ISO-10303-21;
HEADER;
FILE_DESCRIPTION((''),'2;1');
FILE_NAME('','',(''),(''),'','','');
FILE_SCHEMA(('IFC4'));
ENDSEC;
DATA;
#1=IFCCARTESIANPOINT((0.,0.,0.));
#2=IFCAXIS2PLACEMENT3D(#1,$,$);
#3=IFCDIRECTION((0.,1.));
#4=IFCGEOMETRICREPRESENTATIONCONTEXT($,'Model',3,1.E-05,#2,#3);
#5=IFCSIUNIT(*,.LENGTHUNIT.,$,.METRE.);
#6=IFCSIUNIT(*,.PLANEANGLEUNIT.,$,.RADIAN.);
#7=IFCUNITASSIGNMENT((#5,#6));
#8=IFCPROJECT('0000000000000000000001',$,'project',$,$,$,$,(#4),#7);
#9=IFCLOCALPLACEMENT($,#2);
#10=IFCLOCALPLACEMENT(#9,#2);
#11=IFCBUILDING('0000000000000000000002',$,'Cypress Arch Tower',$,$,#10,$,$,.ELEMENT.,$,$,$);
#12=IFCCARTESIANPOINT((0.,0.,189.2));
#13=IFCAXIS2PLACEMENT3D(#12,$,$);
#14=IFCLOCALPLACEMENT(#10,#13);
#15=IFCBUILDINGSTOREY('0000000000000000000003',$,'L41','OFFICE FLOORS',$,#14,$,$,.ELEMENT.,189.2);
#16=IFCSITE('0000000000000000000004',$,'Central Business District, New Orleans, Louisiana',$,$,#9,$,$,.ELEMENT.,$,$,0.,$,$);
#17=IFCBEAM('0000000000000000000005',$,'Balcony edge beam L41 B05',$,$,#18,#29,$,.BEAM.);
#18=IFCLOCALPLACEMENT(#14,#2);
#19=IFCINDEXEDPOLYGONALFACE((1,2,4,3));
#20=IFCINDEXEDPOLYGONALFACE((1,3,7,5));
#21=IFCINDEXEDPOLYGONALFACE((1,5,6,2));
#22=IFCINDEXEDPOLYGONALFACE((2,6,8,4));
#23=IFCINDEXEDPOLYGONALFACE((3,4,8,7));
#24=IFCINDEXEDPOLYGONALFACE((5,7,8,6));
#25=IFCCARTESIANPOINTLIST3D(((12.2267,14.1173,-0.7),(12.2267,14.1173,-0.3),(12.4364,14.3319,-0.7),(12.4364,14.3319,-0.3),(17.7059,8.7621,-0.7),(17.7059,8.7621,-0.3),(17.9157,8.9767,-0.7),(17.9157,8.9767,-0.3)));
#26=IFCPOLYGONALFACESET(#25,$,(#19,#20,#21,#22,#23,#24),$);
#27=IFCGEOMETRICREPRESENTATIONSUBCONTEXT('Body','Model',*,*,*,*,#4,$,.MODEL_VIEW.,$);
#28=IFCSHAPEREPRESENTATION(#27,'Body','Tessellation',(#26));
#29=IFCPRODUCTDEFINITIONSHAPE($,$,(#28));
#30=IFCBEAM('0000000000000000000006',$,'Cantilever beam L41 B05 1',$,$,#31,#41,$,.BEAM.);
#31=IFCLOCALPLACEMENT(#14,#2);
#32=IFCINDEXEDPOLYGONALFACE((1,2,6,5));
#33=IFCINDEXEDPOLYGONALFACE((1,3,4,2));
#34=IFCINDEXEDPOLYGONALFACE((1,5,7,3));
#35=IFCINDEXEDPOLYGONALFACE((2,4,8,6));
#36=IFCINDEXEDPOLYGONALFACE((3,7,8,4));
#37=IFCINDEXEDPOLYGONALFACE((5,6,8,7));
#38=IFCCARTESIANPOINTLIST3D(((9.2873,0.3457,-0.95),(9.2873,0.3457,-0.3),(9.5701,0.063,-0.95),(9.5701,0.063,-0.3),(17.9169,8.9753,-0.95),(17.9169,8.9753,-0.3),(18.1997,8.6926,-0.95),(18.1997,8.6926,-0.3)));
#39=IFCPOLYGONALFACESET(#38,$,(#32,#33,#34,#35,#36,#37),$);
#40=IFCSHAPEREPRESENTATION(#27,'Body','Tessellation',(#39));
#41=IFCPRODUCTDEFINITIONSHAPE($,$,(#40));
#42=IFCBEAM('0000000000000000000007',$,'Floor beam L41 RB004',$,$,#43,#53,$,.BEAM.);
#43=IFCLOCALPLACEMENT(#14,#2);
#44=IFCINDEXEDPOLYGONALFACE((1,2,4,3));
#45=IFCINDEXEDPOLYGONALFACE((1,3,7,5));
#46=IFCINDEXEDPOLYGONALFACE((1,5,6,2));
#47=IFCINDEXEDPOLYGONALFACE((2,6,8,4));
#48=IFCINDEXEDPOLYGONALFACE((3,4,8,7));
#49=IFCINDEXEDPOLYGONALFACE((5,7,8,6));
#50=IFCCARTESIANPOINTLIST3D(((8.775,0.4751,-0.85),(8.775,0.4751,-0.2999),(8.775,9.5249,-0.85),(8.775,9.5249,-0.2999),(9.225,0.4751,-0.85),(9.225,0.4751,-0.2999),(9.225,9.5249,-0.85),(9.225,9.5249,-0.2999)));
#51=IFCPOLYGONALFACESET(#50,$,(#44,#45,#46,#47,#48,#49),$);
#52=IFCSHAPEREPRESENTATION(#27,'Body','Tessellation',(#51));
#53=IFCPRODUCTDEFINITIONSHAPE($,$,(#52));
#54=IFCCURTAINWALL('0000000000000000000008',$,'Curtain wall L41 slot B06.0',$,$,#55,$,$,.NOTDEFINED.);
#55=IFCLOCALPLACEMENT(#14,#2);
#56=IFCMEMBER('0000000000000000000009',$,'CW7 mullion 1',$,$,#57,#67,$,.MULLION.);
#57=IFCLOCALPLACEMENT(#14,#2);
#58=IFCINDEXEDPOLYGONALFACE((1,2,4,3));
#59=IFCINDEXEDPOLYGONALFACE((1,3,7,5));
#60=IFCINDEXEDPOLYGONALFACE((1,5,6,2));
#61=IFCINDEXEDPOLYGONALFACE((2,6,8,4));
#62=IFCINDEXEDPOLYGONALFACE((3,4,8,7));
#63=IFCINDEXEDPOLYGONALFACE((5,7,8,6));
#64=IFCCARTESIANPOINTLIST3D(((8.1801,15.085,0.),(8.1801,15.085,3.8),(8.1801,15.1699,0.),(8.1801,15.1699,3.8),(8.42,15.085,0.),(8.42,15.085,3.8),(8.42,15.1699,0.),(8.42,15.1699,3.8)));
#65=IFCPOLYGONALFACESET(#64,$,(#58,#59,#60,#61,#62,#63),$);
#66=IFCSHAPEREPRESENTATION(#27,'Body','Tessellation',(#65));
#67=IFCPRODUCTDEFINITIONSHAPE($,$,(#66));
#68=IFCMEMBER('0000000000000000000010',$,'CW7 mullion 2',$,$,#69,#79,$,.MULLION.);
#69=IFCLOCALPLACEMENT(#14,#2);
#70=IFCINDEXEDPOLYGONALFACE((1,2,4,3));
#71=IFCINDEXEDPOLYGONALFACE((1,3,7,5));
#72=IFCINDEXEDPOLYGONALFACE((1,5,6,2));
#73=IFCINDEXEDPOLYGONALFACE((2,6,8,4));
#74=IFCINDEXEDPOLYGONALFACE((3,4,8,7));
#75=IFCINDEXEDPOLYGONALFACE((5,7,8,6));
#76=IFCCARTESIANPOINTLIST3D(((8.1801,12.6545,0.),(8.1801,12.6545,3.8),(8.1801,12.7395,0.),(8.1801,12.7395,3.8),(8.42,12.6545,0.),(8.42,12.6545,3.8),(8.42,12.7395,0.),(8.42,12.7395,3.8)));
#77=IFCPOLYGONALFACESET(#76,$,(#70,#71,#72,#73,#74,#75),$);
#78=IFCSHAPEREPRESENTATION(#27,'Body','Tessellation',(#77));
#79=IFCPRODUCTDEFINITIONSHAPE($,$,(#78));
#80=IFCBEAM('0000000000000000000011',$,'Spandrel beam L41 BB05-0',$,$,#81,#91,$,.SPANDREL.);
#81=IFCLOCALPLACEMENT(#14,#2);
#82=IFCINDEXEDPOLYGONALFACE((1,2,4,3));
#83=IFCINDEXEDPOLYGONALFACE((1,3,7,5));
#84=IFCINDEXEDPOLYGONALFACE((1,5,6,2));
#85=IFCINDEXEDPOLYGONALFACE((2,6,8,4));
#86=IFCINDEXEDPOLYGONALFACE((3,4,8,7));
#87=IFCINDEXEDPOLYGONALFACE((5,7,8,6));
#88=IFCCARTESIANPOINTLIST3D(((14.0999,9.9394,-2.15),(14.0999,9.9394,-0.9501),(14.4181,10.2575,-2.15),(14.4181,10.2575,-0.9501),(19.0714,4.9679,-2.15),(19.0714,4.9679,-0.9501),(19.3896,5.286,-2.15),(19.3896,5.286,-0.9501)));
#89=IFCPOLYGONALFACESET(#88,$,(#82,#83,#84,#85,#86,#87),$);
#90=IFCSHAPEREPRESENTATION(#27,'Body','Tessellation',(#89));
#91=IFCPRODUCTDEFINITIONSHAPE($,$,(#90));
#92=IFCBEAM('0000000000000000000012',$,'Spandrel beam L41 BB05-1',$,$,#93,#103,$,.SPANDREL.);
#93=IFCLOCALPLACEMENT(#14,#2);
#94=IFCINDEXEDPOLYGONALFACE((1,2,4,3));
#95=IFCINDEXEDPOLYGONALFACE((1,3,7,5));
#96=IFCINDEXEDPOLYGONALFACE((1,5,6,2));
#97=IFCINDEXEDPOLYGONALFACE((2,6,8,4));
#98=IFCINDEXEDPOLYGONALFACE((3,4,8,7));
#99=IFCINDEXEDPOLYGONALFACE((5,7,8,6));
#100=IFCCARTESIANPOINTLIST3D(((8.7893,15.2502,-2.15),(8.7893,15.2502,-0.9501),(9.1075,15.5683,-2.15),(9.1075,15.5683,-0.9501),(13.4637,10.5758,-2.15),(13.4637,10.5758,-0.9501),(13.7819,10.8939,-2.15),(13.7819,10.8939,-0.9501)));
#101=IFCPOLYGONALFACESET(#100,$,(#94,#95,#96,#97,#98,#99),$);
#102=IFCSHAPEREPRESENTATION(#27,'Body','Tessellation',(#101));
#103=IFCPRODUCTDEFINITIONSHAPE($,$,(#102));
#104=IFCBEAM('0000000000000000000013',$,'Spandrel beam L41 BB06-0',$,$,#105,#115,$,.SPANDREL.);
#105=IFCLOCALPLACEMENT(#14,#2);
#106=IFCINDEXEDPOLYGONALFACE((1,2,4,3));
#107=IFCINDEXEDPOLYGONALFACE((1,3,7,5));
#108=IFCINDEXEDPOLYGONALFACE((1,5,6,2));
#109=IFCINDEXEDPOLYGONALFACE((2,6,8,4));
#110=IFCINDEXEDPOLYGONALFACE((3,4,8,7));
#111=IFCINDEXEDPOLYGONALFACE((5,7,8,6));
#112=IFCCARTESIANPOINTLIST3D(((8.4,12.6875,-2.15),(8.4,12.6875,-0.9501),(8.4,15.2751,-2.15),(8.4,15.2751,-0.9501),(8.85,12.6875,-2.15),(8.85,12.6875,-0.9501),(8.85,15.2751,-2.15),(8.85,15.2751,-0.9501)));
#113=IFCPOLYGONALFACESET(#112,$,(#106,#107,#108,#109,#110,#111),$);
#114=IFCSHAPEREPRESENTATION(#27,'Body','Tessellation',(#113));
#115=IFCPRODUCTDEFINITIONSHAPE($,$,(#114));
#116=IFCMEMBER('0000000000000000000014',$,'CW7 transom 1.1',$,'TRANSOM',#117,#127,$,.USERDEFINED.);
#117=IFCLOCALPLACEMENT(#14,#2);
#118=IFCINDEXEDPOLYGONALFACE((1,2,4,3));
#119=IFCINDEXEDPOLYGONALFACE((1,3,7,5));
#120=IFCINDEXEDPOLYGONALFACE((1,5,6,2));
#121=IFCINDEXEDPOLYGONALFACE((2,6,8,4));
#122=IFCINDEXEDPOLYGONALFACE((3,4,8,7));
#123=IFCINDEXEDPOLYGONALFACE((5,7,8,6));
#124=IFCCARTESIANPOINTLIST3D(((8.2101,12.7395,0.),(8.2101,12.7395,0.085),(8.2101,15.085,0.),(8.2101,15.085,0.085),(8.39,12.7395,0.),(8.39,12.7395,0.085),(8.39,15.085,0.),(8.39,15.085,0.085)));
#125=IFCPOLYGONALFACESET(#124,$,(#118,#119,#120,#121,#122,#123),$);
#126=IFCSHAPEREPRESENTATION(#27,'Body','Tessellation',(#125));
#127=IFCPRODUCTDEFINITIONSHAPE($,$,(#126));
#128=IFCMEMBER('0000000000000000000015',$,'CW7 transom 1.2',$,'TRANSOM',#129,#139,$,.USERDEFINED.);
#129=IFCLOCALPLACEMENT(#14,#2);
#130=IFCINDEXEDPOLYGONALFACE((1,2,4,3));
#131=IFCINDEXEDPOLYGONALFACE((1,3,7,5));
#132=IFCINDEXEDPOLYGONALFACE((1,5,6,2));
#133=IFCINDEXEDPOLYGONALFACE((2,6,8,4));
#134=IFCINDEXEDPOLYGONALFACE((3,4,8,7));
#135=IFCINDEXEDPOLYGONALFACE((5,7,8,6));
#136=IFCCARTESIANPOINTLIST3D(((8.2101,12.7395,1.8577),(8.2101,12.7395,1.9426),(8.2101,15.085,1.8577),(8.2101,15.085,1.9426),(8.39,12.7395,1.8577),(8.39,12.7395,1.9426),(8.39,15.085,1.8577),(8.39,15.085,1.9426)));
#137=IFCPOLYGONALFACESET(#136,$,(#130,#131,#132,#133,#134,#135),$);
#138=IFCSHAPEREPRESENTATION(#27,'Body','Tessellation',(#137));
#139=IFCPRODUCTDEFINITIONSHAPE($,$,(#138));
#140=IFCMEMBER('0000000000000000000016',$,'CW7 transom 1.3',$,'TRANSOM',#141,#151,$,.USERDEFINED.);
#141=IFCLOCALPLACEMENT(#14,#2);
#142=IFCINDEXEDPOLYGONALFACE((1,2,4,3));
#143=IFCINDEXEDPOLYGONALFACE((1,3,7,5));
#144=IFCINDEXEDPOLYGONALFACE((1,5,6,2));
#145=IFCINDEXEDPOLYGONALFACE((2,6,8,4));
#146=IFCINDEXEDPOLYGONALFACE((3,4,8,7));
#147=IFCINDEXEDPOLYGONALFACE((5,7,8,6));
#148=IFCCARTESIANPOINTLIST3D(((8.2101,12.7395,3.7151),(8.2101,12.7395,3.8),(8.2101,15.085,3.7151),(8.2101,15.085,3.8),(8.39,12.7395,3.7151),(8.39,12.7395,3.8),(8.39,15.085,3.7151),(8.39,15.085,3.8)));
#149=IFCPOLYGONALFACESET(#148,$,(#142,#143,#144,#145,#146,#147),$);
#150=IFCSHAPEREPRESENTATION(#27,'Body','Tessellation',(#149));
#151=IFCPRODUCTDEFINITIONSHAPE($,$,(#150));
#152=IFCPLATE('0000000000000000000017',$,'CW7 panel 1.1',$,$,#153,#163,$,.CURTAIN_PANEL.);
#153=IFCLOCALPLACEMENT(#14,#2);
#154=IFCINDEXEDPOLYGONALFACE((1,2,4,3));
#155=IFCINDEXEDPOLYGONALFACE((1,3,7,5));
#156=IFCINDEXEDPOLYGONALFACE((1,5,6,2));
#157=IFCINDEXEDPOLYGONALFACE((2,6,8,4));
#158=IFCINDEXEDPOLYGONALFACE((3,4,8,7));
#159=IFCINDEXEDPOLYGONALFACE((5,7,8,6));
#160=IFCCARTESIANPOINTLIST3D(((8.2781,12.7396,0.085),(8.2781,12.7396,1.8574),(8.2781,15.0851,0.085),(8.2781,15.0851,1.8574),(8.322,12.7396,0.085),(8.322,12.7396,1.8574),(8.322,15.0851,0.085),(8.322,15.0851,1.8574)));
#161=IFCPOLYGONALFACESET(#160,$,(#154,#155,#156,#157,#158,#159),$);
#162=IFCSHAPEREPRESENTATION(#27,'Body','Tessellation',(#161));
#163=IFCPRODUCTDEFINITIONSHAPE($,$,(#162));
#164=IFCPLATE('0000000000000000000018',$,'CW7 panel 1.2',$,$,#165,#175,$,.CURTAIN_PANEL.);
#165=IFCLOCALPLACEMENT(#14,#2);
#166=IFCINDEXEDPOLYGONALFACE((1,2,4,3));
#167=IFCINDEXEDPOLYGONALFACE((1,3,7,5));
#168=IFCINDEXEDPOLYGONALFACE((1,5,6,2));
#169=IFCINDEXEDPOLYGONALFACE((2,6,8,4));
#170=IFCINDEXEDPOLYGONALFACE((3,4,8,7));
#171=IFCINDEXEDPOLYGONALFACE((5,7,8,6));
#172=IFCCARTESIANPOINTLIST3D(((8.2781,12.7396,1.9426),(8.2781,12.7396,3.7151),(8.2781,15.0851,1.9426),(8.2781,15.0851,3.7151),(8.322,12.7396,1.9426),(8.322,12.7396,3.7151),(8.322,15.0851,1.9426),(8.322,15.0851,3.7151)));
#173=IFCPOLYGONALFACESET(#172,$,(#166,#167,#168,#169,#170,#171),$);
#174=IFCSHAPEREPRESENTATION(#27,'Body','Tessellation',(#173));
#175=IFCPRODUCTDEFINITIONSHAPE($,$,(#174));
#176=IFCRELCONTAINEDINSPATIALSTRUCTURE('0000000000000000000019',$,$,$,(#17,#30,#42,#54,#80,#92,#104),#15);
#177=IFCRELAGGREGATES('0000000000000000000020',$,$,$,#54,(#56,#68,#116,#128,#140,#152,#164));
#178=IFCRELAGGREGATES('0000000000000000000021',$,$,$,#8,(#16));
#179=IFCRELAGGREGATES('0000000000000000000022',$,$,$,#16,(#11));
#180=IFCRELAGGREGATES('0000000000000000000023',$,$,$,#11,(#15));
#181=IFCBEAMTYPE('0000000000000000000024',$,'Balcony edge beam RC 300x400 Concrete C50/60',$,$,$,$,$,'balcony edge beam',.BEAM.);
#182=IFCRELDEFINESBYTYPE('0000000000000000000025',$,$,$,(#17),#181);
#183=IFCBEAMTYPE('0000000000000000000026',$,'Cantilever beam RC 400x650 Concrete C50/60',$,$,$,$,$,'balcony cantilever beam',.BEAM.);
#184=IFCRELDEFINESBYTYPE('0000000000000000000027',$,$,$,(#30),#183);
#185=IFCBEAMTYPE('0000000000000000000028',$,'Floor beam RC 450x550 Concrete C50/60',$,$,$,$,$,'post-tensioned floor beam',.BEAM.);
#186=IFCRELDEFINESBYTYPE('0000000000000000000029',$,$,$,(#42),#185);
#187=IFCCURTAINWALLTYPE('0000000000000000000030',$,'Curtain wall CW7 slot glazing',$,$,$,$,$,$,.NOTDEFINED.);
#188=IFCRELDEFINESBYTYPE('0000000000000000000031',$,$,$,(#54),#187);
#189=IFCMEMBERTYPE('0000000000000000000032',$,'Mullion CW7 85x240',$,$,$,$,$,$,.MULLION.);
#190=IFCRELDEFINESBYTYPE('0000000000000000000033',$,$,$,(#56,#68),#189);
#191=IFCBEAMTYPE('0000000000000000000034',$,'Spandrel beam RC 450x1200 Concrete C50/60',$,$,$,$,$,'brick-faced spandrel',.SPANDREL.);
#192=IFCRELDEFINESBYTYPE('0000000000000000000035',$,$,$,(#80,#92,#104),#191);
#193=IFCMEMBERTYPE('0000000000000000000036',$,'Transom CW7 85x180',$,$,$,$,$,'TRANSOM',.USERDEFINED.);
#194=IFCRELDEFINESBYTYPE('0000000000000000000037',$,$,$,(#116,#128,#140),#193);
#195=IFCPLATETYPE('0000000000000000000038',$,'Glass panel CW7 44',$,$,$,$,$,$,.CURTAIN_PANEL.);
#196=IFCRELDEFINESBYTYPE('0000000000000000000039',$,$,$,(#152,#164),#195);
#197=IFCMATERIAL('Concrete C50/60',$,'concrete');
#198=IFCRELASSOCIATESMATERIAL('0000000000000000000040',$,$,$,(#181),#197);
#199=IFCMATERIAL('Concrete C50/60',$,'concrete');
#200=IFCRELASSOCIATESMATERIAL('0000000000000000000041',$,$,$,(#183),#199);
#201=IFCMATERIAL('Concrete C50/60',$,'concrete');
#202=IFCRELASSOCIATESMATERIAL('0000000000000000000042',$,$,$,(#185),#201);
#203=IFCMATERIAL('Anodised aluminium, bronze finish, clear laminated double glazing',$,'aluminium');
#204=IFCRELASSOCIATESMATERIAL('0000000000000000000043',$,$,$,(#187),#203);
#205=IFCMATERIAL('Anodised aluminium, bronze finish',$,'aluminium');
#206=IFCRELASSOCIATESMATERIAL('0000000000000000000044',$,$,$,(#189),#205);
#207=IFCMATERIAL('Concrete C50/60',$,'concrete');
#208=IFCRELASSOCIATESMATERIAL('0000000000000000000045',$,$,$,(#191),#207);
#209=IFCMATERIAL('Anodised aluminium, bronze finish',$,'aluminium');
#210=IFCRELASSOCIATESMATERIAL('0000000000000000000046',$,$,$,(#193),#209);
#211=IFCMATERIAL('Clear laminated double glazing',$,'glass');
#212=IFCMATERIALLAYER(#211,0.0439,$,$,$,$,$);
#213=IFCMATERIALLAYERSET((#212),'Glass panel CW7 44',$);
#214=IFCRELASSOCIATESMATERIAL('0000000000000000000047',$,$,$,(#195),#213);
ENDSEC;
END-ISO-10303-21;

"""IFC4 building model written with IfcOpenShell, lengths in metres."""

from ifc_helpers import new_model, si_unit, direction, frame, origin, origin_2d, place, context, subcontext, project, spatial, rectangle, extrude, material, layer, layer_set, material_profile, profile_set, type_object, element, aggregate, save


model = new_model("IFC4")

# Units and contexts
model_context = context("Model", 3, precision=1e-05, world=origin(), true_north=direction((0.0, 1.0)))
body_context = subcontext(model_context, "Body", "Model", "MODEL_VIEW")
ifc_project = project(units=[si_unit("LENGTHUNIT", "METRE"), si_unit("PLANEANGLEUNIT", "RADIAN")], contexts=[model_context])

# Site, building, storey
site_placement = place(None, origin())
site = spatial("IfcSite", under=ifc_project, at=site_placement, Name="Central Business District, New Orleans, Louisiana", CompositionType="ELEMENT", RefElevation=0.0)
building_placement = place(site_placement, origin())
building = spatial("IfcBuilding", under=site, at=building_placement, Name="Cypress Arch Tower", CompositionType="ELEMENT")
storey_placement = place(building_placement, frame((0.0, 0.0, 189.2)))
storey = spatial("IfcBuildingStorey", under=building, at=storey_placement, Name="L41", Description="OFFICE FLOORS", CompositionType="ELEMENT", Elevation=189.2)

# Beams
ifc_material_1 = material(Name="Concrete C50/60", Category="concrete")
ifc_material_profile_1 = material_profile(ifc_material_1, rectangle(XDim=0.3, YDim=0.3999, at=origin_2d()), Name="RC 300x400")
ifc_profile_set_1 = profile_set([ifc_material_profile_1], Name="Concrete C50/60")
beam_type_1 = type_object("IfcBeamType", Name="Balcony edge beam RC 300x400 Concrete C50/60", ElementType="balcony edge beam", PredefinedType="BEAM", material=ifc_profile_set_1)
beam_1_placement = place(storey_placement, frame((17.8108, 8.8694, -0.5), z_axis=(-0.715154, 0.698967, 0.0), x_axis=(-0.698967, -0.715154, 0.0)))
element("IfcBeam", 1, at=beam_1_placement, inside=storey, type_object=beam_type_1, Name="Balcony edge beam L41 B05", PredefinedType="BEAM", context=body_context, shape_type="SweptSolid", body=[
    extrude(rectangle(XDim=0.3, YDim=0.3999, at=origin_2d()), origin(), (0.0, 0.0, 1.0), 7.6616),
])
ifc_material_2 = material(Name="Concrete C50/60", Category="concrete")
ifc_material_profile_2 = material_profile(ifc_material_2, rectangle(XDim=0.3999, YDim=0.6499, at=origin_2d()), Name="RC 400x650")
ifc_profile_set_2 = profile_set([ifc_material_profile_2], Name="Concrete C50/60")
beam_type_2 = type_object("IfcBeamType", Name="Cantilever beam RC 400x650 Concrete C50/60", ElementType="balcony cantilever beam", PredefinedType="BEAM", material=ifc_profile_set_2)
beam_2_placement = place(storey_placement, frame((9.4287, 0.2043, -0.625), z_axis=(0.707107, 0.707107, 0.0), x_axis=(-0.707107, 0.707107, 0.0)))
element("IfcBeam", 2, at=beam_2_placement, inside=storey, type_object=beam_type_2, Name="Cantilever beam L41 B05 1", PredefinedType="BEAM", context=body_context, shape_type="SweptSolid", body=[
    extrude(rectangle(XDim=0.3999, YDim=0.6499, at=origin_2d()), origin(), (0.0, 0.0, 1.0), 12.2041),
])
ifc_material_3 = material(Name="Concrete C50/60", Category="concrete")
ifc_material_profile_3 = material_profile(ifc_material_3, rectangle(XDim=0.45, YDim=0.55, at=origin_2d()), Name="RC 450x550")
ifc_profile_set_3 = profile_set([ifc_material_profile_3], Name="Concrete C50/60")
beam_type_3 = type_object("IfcBeamType", Name="Floor beam RC 450x550 Concrete C50/60", ElementType="post-tensioned floor beam", PredefinedType="BEAM", material=ifc_profile_set_3)
beam_3_placement = place(storey_placement, frame((9.0, 0.4751, -0.575), z_axis=(0.0, 1.0, 0.0), x_axis=(-1.0, 0.0, 0.0)))
element("IfcBeam", 3, at=beam_3_placement, inside=storey, type_object=beam_type_3, Name="Floor beam L41 RB004", PredefinedType="BEAM", context=body_context, shape_type="SweptSolid", body=[
    extrude(rectangle(XDim=0.45, YDim=0.55, at=origin_2d()), origin(), (0.0, 0.0, 1.0), 9.0498),
])

# Curtain wall, members
ifc_material_4 = material(Name="Anodised aluminium, bronze finish, clear laminated double glazing", Category="aluminium")
curtain_wall_type = type_object("IfcCurtainWallType", Name="Curtain wall CW7 slot glazing", PredefinedType="NOTDEFINED", material=ifc_material_4)
curtain_wall_placement = place(storey_placement, origin())
curtain_wall = element("IfcCurtainWall", 4, at=curtain_wall_placement, inside=storey, type_object=curtain_wall_type, Name="Curtain wall L41 slot B06.0", PredefinedType="NOTDEFINED")
ifc_material_5 = material(Name="Anodised aluminium, bronze finish", Category="aluminium")
ifc_material_profile_4 = material_profile(ifc_material_5, rectangle(XDim=0.24, YDim=0.085, at=origin_2d()), Name="Mullion 85x240")
ifc_profile_set_4 = profile_set([ifc_material_profile_4], Name="Anodised aluminium, bronze finish")
member_type_1 = type_object("IfcMemberType", Name="Mullion CW7 85x240", PredefinedType="MULLION", material=ifc_profile_set_4)
member_1_placement = place(storey_placement, frame((8.3, 15.1274, 0.0), z_axis=(0.0, 0.0, 1.0), x_axis=(1.0, 0.0, 0.0)))
member_1 = element("IfcMember", 5, at=member_1_placement, type_object=member_type_1, Name="CW7 mullion 1", PredefinedType="MULLION", context=body_context, shape_type="SweptSolid", body=[
    extrude(rectangle(XDim=0.24, YDim=0.085, at=origin_2d()), origin(), (0.0, 0.0, 1.0), 3.8),
])
member_2_placement = place(storey_placement, frame((8.3, 12.697, 0.0), z_axis=(0.0, 0.0, 1.0), x_axis=(1.0, 0.0, 0.0)))
member_2 = element("IfcMember", 6, at=member_2_placement, type_object=member_type_1, Name="CW7 mullion 2", PredefinedType="MULLION", context=body_context, shape_type="SweptSolid", body=[
    extrude(rectangle(XDim=0.24, YDim=0.085, at=origin_2d()), origin(), (0.0, 0.0, 1.0), 3.8),
])

# Beams
ifc_material_6 = material(Name="Concrete C50/60", Category="concrete")
ifc_material_profile_5 = material_profile(ifc_material_6, rectangle(XDim=0.45, YDim=1.2, at=origin_2d()), Name="RC 450x1200")
ifc_profile_set_5 = profile_set([ifc_material_profile_5], Name="Concrete C50/60")
beam_type_4 = type_object("IfcBeamType", Name="Spandrel beam RC 450x1200 Concrete C50/60", ElementType="brick-faced spandrel", PredefinedType="SPANDREL", material=ifc_profile_set_5)
beam_4_placement = place(storey_placement, frame((19.2305, 5.127, -1.55), z_axis=(-0.707107, 0.707107, 0.0), x_axis=(-0.707107, -0.707107, 0.0)))
element("IfcBeam", 7, at=beam_4_placement, inside=storey, type_object=beam_type_4, Name="Spandrel beam L41 BB05-0", PredefinedType="SPANDREL", context=body_context, shape_type="SweptSolid", body=[
    extrude(rectangle(XDim=0.45, YDim=1.2, at=origin_2d()), origin(), (0.0, 0.0, 1.0), 7.0308),
])
beam_5_placement = place(storey_placement, frame((13.6228, 10.7349, -1.55), z_axis=(-0.707107, 0.707107, 0.0), x_axis=(-0.707107, -0.707107, 0.0)))
element("IfcBeam", 8, at=beam_5_placement, inside=storey, type_object=beam_type_4, Name="Spandrel beam L41 BB05-1", PredefinedType="SPANDREL", context=body_context, shape_type="SweptSolid", body=[
    extrude(rectangle(XDim=0.45, YDim=1.2, at=origin_2d()), origin(), (0.0, 0.0, 1.0), 6.6106),
])
beam_6_placement = place(storey_placement, frame((8.625, 15.2751, -1.55), z_axis=(0.0, -1.0, 0.0), x_axis=(1.0, 0.0, 0.0)))
element("IfcBeam", 9, at=beam_6_placement, inside=storey, type_object=beam_type_4, Name="Spandrel beam L41 BB06-0", PredefinedType="SPANDREL", context=body_context, shape_type="SweptSolid", body=[
    extrude(rectangle(XDim=0.45, YDim=1.2, at=origin_2d()), origin(), (0.0, 0.0, 1.0), 2.5876),
])

# Members
ifc_material_7 = material(Name="Anodised aluminium, bronze finish", Category="aluminium")
ifc_material_profile_6 = material_profile(ifc_material_7, rectangle(XDim=0.1799, YDim=0.085, at=origin_2d()), Name="Transom 85x180")
ifc_profile_set_6 = profile_set([ifc_material_profile_6], Name="Anodised aluminium, bronze finish")
member_type_2 = type_object("IfcMemberType", Name="Transom CW7 85x180", ElementType="TRANSOM", PredefinedType="USERDEFINED", material=ifc_profile_set_6)
member_3_placement = place(storey_placement, frame((8.3, 15.085, 0.0425), z_axis=(0.0, -1.0, 0.0), x_axis=(1.0, 0.0, 0.0)))
member_3 = element("IfcMember", 10, at=member_3_placement, type_object=member_type_2, Name="CW7 transom 1.1", ObjectType="TRANSOM", PredefinedType="USERDEFINED", context=body_context, shape_type="SweptSolid", body=[
    extrude(rectangle(XDim=0.1799, YDim=0.085, at=origin_2d()), origin(), (0.0, 0.0, 1.0), 2.3455),
])
member_4_placement = place(storey_placement, frame((8.3, 15.085, 1.9001), z_axis=(0.0, -1.0, 0.0), x_axis=(1.0, 0.0, 0.0)))
member_4 = element("IfcMember", 11, at=member_4_placement, type_object=member_type_2, Name="CW7 transom 1.2", ObjectType="TRANSOM", PredefinedType="USERDEFINED", context=body_context, shape_type="SweptSolid", body=[
    extrude(rectangle(XDim=0.1799, YDim=0.085, at=origin_2d()), origin(), (0.0, 0.0, 1.0), 2.3455),
])
member_5_placement = place(storey_placement, frame((8.3, 15.085, 3.7576), z_axis=(0.0, -1.0, 0.0), x_axis=(1.0, 0.0, 0.0)))
member_5 = element("IfcMember", 12, at=member_5_placement, type_object=member_type_2, Name="CW7 transom 1.3", ObjectType="TRANSOM", PredefinedType="USERDEFINED", context=body_context, shape_type="SweptSolid", body=[
    extrude(rectangle(XDim=0.1799, YDim=0.085, at=origin_2d()), origin(), (0.0, 0.0, 1.0), 2.3455),
])

# Plates
ifc_material_8 = material(Name="Clear laminated double glazing", Category="glass")
ifc_layer_1 = layer(ifc_material_8, 0.0439)
ifc_layer_set_1 = layer_set([ifc_layer_1], Name="Glass panel CW7 44")
plate_type = type_object("IfcPlateType", Name="Glass panel CW7 44", PredefinedType="CURTAIN_PANEL", material=ifc_layer_set_1)
plate_1_placement = place(storey_placement, frame((8.3, 13.9124, 0.085), z_axis=(0.0, 0.0, 1.0), x_axis=(0.0, -1.0, 0.0)))
plate_1 = element("IfcPlate", 13, at=plate_1_placement, type_object=plate_type, Name="CW7 panel 1.1", PredefinedType="CURTAIN_PANEL", context=body_context, shape_type="SweptSolid", body=[
    extrude(rectangle(XDim=2.3455, YDim=0.0439, at=origin_2d()), origin(), (0.0, 0.0, 1.0), 1.7725),
])
plate_2_placement = place(storey_placement, frame((8.3, 13.9124, 1.9426), z_axis=(0.0, 0.0, 1.0), x_axis=(0.0, -1.0, 0.0)))
plate_2 = element("IfcPlate", 14, at=plate_2_placement, type_object=plate_type, Name="CW7 panel 1.2", PredefinedType="CURTAIN_PANEL", context=body_context, shape_type="SweptSolid", body=[
    extrude(rectangle(XDim=2.3455, YDim=0.0439, at=origin_2d()), origin(), (0.0, 0.0, 1.0), 1.7725),
])
aggregate(curtain_wall, [member_1, member_2, member_3, member_4, member_5, plate_1, plate_2])

save(model, "model.ifc")
